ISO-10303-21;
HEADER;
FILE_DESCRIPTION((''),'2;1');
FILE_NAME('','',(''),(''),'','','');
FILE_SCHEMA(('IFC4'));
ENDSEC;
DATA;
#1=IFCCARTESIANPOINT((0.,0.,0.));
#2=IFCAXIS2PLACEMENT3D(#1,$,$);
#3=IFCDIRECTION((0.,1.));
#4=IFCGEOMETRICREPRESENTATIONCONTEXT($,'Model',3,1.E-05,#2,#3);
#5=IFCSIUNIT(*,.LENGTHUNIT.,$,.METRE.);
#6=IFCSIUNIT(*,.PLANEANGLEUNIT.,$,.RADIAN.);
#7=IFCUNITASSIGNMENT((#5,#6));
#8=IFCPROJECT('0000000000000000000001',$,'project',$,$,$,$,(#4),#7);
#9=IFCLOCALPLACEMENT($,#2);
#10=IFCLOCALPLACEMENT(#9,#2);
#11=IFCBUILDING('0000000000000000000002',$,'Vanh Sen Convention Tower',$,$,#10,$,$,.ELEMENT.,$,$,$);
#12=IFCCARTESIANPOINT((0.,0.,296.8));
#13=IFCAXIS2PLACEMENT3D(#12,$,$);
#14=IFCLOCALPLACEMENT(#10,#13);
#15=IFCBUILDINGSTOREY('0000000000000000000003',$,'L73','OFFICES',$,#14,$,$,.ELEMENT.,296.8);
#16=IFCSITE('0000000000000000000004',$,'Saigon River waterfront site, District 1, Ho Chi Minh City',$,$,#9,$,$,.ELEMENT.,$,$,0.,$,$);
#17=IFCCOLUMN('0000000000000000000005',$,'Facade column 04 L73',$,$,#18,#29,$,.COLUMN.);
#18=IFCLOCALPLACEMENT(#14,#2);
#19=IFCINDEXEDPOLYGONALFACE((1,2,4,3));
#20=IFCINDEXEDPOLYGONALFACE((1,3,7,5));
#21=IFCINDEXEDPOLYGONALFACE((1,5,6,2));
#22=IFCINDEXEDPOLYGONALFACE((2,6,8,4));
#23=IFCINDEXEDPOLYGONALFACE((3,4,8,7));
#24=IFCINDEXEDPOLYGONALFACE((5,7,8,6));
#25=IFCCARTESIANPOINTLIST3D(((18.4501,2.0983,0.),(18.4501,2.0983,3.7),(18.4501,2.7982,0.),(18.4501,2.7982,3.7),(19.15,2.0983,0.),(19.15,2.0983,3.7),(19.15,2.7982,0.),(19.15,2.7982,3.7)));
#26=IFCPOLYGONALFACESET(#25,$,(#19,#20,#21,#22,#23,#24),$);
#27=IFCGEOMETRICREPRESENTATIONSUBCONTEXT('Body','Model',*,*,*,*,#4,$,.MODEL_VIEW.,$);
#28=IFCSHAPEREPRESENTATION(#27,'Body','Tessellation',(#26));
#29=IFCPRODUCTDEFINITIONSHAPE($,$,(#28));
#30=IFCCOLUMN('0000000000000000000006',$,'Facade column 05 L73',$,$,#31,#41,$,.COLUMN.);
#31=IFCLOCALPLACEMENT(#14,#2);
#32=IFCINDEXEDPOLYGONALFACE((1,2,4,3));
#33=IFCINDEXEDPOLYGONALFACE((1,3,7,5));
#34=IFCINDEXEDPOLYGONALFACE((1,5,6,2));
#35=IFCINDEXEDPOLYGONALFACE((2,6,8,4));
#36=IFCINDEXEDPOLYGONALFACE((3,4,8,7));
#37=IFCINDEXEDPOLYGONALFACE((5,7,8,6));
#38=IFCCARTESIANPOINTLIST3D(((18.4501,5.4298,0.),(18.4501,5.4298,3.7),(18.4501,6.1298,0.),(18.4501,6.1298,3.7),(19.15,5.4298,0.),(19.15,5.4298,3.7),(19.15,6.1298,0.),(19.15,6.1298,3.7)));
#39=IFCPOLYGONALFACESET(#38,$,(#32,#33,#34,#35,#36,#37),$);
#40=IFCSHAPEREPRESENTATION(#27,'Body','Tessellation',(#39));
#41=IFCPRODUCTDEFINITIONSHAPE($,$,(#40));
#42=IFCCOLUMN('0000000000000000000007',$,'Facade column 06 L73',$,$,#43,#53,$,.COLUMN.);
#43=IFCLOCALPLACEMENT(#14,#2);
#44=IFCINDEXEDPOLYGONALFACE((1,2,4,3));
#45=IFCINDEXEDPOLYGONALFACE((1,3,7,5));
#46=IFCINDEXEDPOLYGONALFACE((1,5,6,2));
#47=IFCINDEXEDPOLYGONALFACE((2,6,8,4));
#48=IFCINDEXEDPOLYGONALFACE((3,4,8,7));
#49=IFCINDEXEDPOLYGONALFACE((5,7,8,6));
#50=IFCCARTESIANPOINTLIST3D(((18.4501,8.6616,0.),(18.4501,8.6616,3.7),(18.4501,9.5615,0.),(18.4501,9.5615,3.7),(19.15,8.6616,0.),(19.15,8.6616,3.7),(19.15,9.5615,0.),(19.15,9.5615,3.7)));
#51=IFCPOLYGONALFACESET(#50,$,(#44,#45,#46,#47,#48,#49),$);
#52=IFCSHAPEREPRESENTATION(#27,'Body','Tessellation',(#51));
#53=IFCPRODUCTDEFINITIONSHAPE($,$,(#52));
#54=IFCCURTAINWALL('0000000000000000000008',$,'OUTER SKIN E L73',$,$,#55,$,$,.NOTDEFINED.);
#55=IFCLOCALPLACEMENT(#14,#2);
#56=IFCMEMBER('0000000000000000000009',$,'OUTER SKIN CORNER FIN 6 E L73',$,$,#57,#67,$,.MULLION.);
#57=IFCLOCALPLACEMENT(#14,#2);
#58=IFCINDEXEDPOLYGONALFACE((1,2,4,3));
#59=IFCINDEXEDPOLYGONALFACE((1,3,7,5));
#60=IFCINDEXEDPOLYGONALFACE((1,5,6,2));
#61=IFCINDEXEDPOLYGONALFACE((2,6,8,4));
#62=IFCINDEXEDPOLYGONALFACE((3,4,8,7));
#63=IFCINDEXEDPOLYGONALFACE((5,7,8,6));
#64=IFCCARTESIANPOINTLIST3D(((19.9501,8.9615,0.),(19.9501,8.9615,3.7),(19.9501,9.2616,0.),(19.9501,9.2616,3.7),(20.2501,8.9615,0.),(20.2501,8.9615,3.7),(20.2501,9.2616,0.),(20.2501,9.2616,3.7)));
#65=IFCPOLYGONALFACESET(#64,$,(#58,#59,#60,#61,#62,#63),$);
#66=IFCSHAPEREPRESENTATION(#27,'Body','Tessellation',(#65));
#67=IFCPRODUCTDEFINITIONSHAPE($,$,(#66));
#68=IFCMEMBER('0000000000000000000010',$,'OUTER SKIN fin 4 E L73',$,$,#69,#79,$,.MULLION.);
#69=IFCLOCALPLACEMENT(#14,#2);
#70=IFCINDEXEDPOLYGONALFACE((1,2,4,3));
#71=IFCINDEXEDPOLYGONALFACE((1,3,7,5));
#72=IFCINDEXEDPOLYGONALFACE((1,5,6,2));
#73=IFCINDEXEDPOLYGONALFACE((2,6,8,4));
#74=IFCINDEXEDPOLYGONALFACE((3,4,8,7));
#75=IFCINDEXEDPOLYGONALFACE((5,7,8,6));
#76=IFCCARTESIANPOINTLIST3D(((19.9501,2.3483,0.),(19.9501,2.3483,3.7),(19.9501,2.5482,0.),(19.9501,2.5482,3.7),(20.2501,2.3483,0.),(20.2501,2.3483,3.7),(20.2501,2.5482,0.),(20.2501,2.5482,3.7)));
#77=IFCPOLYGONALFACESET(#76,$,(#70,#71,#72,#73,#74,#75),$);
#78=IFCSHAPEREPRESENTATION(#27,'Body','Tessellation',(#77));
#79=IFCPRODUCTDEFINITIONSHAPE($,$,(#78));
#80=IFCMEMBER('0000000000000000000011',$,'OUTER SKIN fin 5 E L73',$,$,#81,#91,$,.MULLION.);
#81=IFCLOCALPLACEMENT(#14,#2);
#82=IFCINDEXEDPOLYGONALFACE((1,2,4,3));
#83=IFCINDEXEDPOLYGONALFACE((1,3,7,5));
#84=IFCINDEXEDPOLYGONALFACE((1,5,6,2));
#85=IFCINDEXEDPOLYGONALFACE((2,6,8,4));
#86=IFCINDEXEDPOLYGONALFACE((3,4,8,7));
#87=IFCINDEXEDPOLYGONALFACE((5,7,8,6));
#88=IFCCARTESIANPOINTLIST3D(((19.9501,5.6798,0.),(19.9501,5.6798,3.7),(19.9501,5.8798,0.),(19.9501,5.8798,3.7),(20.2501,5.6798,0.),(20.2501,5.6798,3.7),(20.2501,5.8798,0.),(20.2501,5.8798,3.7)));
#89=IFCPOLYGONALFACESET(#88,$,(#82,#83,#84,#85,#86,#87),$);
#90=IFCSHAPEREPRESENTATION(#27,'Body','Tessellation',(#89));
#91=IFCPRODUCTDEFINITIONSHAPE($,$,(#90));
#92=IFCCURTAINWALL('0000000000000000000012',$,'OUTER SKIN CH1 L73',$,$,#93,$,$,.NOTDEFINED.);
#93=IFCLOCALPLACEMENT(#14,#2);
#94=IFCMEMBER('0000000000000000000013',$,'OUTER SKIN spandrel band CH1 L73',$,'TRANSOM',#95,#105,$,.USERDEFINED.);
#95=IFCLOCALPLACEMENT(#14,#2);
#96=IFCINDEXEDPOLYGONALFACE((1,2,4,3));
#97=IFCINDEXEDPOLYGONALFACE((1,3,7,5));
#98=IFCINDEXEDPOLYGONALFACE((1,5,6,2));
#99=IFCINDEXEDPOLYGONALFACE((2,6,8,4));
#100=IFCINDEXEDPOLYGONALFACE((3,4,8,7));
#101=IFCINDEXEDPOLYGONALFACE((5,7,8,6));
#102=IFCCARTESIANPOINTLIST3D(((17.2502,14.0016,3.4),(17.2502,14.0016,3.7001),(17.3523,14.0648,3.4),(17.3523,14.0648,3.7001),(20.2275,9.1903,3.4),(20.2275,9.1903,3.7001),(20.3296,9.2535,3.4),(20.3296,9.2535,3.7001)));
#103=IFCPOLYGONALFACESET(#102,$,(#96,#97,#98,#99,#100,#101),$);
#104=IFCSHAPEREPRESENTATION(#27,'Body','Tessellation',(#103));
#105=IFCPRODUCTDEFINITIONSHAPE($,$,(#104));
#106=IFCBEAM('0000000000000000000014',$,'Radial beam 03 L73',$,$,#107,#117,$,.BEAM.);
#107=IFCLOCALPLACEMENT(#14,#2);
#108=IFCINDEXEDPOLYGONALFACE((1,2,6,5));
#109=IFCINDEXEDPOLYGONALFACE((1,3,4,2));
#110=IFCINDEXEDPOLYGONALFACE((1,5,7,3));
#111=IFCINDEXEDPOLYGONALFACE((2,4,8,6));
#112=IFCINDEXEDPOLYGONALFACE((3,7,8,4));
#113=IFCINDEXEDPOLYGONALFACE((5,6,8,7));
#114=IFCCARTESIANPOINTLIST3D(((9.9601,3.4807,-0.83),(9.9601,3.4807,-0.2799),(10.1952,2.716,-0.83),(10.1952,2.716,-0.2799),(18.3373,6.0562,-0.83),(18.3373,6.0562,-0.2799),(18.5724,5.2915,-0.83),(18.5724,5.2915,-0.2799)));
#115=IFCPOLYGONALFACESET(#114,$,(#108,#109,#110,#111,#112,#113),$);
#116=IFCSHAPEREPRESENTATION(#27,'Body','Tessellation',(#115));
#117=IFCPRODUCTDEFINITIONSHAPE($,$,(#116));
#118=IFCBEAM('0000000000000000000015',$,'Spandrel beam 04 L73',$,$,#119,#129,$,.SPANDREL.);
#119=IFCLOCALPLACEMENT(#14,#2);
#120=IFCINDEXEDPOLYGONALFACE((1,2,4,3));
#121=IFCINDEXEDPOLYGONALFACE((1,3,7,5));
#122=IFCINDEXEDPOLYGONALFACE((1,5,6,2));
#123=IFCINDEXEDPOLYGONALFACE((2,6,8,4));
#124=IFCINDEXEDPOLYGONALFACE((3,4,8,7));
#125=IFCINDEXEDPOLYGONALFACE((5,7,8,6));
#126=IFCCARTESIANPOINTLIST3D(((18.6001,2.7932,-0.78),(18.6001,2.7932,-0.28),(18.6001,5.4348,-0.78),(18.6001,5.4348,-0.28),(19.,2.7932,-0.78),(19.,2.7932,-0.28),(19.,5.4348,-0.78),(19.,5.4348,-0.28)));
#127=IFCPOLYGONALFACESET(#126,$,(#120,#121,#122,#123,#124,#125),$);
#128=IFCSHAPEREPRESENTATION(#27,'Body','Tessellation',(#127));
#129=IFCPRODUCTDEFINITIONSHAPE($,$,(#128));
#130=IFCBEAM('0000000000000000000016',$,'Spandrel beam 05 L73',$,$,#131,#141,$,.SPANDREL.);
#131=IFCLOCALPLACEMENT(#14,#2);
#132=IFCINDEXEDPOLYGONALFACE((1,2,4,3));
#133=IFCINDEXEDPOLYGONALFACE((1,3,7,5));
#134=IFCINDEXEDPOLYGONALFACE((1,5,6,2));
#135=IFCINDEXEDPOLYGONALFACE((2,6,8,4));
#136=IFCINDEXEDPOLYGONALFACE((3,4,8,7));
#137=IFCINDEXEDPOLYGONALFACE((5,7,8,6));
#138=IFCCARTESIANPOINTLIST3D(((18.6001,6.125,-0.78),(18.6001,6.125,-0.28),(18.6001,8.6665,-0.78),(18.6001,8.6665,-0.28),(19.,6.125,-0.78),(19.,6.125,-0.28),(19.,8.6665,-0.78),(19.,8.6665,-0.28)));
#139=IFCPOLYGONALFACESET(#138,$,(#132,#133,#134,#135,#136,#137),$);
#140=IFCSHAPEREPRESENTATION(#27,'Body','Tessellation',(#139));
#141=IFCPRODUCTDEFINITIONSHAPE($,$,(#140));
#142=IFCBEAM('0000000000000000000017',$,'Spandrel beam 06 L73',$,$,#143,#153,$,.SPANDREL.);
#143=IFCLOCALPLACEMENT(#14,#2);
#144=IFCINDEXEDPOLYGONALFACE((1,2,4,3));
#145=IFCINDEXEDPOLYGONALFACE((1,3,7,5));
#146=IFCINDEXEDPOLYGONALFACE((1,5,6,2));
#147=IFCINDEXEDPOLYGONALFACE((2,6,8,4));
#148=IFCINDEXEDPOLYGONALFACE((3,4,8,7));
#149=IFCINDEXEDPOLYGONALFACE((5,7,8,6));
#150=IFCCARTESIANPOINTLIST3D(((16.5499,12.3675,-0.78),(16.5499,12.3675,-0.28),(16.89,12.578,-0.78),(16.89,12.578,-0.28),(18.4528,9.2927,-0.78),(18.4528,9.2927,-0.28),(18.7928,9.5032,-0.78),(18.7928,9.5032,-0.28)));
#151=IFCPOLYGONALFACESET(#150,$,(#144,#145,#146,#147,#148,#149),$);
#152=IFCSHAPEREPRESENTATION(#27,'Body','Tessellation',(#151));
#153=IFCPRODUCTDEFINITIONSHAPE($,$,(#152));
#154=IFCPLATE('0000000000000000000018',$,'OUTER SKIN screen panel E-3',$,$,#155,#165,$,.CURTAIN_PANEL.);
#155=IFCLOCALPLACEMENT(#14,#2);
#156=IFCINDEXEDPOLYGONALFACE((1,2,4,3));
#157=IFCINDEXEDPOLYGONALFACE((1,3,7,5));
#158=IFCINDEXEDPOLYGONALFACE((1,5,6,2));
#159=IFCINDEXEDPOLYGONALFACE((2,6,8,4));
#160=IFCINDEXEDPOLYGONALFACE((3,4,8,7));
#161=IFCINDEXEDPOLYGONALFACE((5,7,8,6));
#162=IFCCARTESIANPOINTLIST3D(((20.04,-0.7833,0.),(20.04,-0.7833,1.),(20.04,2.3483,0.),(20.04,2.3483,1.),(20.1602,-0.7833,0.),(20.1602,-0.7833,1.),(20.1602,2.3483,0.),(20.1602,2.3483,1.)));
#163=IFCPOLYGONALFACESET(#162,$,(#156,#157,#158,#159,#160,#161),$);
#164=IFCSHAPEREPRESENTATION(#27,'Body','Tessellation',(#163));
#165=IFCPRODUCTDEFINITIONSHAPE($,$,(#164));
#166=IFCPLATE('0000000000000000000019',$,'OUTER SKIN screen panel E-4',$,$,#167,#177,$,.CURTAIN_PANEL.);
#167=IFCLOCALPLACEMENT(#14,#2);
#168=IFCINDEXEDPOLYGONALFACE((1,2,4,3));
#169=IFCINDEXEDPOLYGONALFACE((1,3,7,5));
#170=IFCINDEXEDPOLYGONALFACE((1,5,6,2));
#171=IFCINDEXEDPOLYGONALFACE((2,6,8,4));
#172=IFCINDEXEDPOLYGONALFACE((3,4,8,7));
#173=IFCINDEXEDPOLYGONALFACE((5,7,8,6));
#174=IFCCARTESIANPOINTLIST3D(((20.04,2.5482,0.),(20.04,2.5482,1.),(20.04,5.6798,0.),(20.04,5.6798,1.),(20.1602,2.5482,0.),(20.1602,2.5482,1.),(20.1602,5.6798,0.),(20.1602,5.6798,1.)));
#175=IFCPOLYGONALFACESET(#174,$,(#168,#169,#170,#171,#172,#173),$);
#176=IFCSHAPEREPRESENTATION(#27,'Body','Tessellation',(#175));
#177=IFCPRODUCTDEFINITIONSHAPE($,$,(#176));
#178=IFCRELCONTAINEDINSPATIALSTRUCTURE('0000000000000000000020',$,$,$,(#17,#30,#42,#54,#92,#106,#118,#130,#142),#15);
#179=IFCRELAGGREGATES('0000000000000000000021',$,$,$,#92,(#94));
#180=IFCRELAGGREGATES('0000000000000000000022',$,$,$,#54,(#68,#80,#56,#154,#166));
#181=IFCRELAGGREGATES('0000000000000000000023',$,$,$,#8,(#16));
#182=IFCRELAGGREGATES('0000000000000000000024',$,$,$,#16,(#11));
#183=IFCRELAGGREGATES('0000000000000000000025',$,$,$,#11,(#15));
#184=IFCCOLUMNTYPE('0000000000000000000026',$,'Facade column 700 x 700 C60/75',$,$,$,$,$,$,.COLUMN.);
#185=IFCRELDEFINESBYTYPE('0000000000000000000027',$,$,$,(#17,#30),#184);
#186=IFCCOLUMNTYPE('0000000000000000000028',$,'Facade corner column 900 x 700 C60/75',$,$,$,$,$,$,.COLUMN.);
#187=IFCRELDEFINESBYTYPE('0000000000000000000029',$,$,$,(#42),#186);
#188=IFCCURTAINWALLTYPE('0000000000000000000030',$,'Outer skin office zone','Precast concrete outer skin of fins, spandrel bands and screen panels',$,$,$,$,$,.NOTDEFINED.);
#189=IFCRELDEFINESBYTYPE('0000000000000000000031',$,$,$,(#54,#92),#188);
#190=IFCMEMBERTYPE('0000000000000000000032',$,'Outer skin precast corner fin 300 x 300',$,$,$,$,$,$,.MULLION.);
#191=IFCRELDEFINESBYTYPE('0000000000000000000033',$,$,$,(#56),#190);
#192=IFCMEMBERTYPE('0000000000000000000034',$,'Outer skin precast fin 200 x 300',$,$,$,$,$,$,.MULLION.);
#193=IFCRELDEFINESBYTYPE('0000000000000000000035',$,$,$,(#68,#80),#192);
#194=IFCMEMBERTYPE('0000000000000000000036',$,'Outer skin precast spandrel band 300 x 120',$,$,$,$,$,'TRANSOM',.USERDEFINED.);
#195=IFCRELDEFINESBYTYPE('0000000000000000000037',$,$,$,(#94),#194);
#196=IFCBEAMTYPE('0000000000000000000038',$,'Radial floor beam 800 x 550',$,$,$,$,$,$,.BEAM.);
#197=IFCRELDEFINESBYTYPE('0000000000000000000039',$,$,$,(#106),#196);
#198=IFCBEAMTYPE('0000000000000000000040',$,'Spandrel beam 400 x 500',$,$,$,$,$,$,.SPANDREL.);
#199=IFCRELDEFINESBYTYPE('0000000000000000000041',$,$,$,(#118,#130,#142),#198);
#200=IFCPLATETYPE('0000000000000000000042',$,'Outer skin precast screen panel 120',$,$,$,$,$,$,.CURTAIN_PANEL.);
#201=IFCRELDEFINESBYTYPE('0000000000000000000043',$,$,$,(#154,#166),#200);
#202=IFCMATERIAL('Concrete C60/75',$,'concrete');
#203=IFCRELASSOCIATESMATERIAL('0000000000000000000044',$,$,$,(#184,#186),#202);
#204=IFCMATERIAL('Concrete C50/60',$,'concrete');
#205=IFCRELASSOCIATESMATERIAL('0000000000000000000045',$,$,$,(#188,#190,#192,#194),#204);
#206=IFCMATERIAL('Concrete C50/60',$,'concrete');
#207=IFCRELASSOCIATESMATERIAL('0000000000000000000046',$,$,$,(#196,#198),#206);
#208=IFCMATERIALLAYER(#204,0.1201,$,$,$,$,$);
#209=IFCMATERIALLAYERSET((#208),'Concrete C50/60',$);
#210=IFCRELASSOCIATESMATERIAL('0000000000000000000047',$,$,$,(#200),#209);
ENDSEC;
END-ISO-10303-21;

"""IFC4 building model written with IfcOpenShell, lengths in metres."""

from ifc_helpers import new_model, si_unit, direction, frame, origin, origin_2d, place, context, subcontext, project, spatial, rectangle, extrude, material, layer, layer_set, material_profile, profile_set, type_object, element, aggregate, save


model = new_model("IFC4")

# Units and contexts
model_context = context("Model", 3, precision=1e-05, world=origin(), true_north=direction((0.0, 1.0)))
body_context = subcontext(model_context, "Body", "Model", "MODEL_VIEW")
ifc_project = project(units=[si_unit("LENGTHUNIT", "METRE"), si_unit("PLANEANGLEUNIT", "RADIAN")], contexts=[model_context])

# Site, building, storey
site_placement = place(None, origin())
site = spatial("IfcSite", under=ifc_project, at=site_placement, Name="Saigon River waterfront site, District 1, Ho Chi Minh City", CompositionType="ELEMENT", RefElevation=0.0)
building_placement = place(site_placement, origin())
building = spatial("IfcBuilding", under=site, at=building_placement, Name="Vanh Sen Convention Tower", CompositionType="ELEMENT")
storey_placement = place(building_placement, frame((0.0, 0.0, 296.8)))
storey = spatial("IfcBuildingStorey", under=building, at=storey_placement, Name="L73", Description="OFFICES", CompositionType="ELEMENT", Elevation=296.8)

# Columns
ifc_material_1 = material(Name="Concrete C60/75", Category="concrete")
ifc_material_profile_1 = material_profile(ifc_material_1, rectangle(XDim=0.7, YDim=0.7, at=origin_2d()), Name="RC 700X700")
ifc_profile_set_1 = profile_set([ifc_material_profile_1], Name="Concrete C60/75")
column_type_1 = type_object("IfcColumnType", Name="Facade column 700 x 700 C60/75", PredefinedType="COLUMN", material=ifc_profile_set_1)
for number, where, z_axis, x_axis, name in (
    (1, (18.8, 2.4482, 0.0), (0.0, 0.0, 1.0), (0.0, 1.0, 0.0), "Facade column 04 L73"),
    (2, (18.8, 5.7798, 0.0), (0.0, 0.0, 1.0), (0.0, 1.0, 0.0), "Facade column 05 L73"),
):
    element("IfcColumn", number, at=place(storey_placement, frame(where, z_axis=z_axis, x_axis=x_axis)), inside=storey, type_object=column_type_1, Name=name, PredefinedType="COLUMN", context=body_context, shape_type="SweptSolid", body=[
        extrude(rectangle(XDim=0.7, YDim=0.7, at=origin_2d()), origin(), (0.0, 0.0, 1.0), 3.7),
    ])
ifc_material_profile_2 = material_profile(ifc_material_1, rectangle(XDim=0.8999, YDim=0.7, at=origin_2d()), Name="RC 900X700")
ifc_profile_set_2 = profile_set([ifc_material_profile_2], Name="Concrete C60/75")
column_type_2 = type_object("IfcColumnType", Name="Facade corner column 900 x 700 C60/75", PredefinedType="COLUMN", material=ifc_profile_set_2)
column_placement = place(storey_placement, frame((18.8, 9.1116, 0.0), z_axis=(0.0, 0.0, 1.0), x_axis=(0.0, 1.0, 0.0)))
element("IfcColumn", 3, at=column_placement, inside=storey, type_object=column_type_2, Name="Facade column 06 L73", PredefinedType="COLUMN", context=body_context, shape_type="SweptSolid", body=[
    extrude(rectangle(XDim=0.8999, YDim=0.7, at=origin_2d()), origin(), (0.0, 0.0, 1.0), 3.7),
])

# Curtain wall, members
ifc_material_2 = material(Name="Concrete C50/60", Category="concrete")
curtain_wall_type = type_object("IfcCurtainWallType", Name="Outer skin office zone", Description="Precast concrete outer skin of fins, spandrel bands and screen panels", PredefinedType="NOTDEFINED", material=ifc_material_2)
curtain_wall_1_placement = place(storey_placement, origin())
curtain_wall_1 = element("IfcCurtainWall", 4, at=curtain_wall_1_placement, inside=storey, type_object=curtain_wall_type, Name="OUTER SKIN E L73", PredefinedType="NOTDEFINED")
ifc_material_profile_3 = material_profile(ifc_material_2, rectangle(XDim=0.3, YDim=0.3, at=origin_2d()), Name="Outer skin precast corner fin 300 x 300")
ifc_profile_set_3 = profile_set([ifc_material_profile_3], Name="Concrete C50/60")
member_type_1 = type_object("IfcMemberType", Name="Outer skin precast corner fin 300 x 300", PredefinedType="MULLION", material=ifc_profile_set_3)
member_1_placement = place(storey_placement, frame((20.1001, 9.1116, 0.0), z_axis=(0.0, 0.0, 1.0), x_axis=(0.0, 1.0, 0.0)))
member_1 = element("IfcMember", 5, at=member_1_placement, type_object=member_type_1, Name="OUTER SKIN CORNER FIN 6 E L73", PredefinedType="MULLION", context=body_context, shape_type="SweptSolid", body=[
    extrude(rectangle(XDim=0.3, YDim=0.3, at=origin_2d()), origin(), (0.0, 0.0, 1.0), 3.7),
])
ifc_material_profile_4 = material_profile(ifc_material_2, rectangle(XDim=0.2, YDim=0.3, at=origin_2d()), Name="Outer skin precast fin 200 x 300")
ifc_profile_set_4 = profile_set([ifc_material_profile_4], Name="Concrete C50/60")
member_type_2 = type_object("IfcMemberType", Name="Outer skin precast fin 200 x 300", PredefinedType="MULLION", material=ifc_profile_set_4)
member_2_placement = place(storey_placement, frame((20.1001, 2.4482, 0.0), z_axis=(0.0, 0.0, 1.0), x_axis=(0.0, 1.0, 0.0)))
member_2 = element("IfcMember", 6, at=member_2_placement, type_object=member_type_2, Name="OUTER SKIN fin 4 E L73", PredefinedType="MULLION", context=body_context, shape_type="SweptSolid", body=[
    extrude(rectangle(XDim=0.2, YDim=0.3, at=origin_2d()), origin(), (0.0, 0.0, 1.0), 3.7),
])
member_3_placement = place(storey_placement, frame((20.1001, 5.7798, 0.0), z_axis=(0.0, 0.0, 1.0), x_axis=(0.0, 1.0, 0.0)))
member_3 = element("IfcMember", 7, at=member_3_placement, type_object=member_type_2, Name="OUTER SKIN fin 5 E L73", PredefinedType="MULLION", context=body_context, shape_type="SweptSolid", body=[
    extrude(rectangle(XDim=0.2, YDim=0.3, at=origin_2d()), origin(), (0.0, 0.0, 1.0), 3.7),
])

# Curtain wall, member
curtain_wall_2_placement = place(storey_placement, origin())
curtain_wall_2 = element("IfcCurtainWall", 8, at=curtain_wall_2_placement, inside=storey, type_object=curtain_wall_type, Name="OUTER SKIN CH1 L73", PredefinedType="NOTDEFINED")
ifc_material_profile_5 = material_profile(ifc_material_2, rectangle(XDim=0.1201, YDim=0.3, at=origin_2d()), Name="Outer skin precast spandrel band 300 x 120")
ifc_profile_set_5 = profile_set([ifc_material_profile_5], Name="Concrete C50/60")
member_type_3 = type_object("IfcMemberType", Name="Outer skin precast spandrel band 300 x 120", ElementType="TRANSOM", PredefinedType="USERDEFINED", material=ifc_profile_set_5)
member_4_placement = place(storey_placement, frame((20.2786, 9.2219, 3.55), z_axis=(-0.526212, 0.850353, 0.0), x_axis=(-0.850353, -0.526212, 0.0)))
member_4 = element("IfcMember", 9, at=member_4_placement, type_object=member_type_3, Name="OUTER SKIN spandrel band CH1 L73", ObjectType="TRANSOM", PredefinedType="USERDEFINED", context=body_context, shape_type="SweptSolid", body=[
    extrude(rectangle(XDim=0.1201, YDim=0.3, at=origin_2d()), origin(), (0.0, 0.0, 1.0), 5.658),
])
aggregate(curtain_wall_2, [member_4])

# Beams
ifc_material_3 = material(Name="Concrete C50/60", Category="concrete")
ifc_material_profile_6 = material_profile(ifc_material_3, rectangle(XDim=0.8, YDim=0.55, at=origin_2d()), Name="RC 800X550")
ifc_profile_set_6 = profile_set([ifc_material_profile_6], Name="Concrete C50/60")
beam_type_1 = type_object("IfcBeamType", Name="Radial floor beam 800 x 550", PredefinedType="BEAM", material=ifc_profile_set_6)
beam_1_placement = place(storey_placement, frame((18.4548, 5.6738, -0.5549), z_axis=(-0.955848, -0.293861, 0.0), x_axis=(0.293861, -0.955848, 0.0)))
element("IfcBeam", 10, at=beam_1_placement, inside=storey, type_object=beam_type_1, Name="Radial beam 03 L73", PredefinedType="BEAM", context=body_context, shape_type="SweptSolid", body=[
    extrude(rectangle(XDim=0.8, YDim=0.55, at=origin_2d()), origin(), (0.0, 0.0, 1.0), 8.7642),
])
ifc_material_profile_7 = material_profile(ifc_material_3, rectangle(XDim=0.3999, YDim=0.5, at=origin_2d()), Name="RC 400X500")
ifc_profile_set_7 = profile_set([ifc_material_profile_7], Name="Concrete C50/60")
beam_type_2 = type_object("IfcBeamType", Name="Spandrel beam 400 x 500", PredefinedType="SPANDREL", material=ifc_profile_set_7)
beam_2_placement = place(storey_placement, frame((18.8, 2.7932, -0.53), z_axis=(0.0, 1.0, 0.0), x_axis=(-1.0, 0.0, 0.0)))
element("IfcBeam", 11, at=beam_2_placement, inside=storey, type_object=beam_type_2, Name="Spandrel beam 04 L73", PredefinedType="SPANDREL", context=body_context, shape_type="SweptSolid", body=[
    extrude(rectangle(XDim=0.3999, YDim=0.5, at=origin_2d()), origin(), (0.0, 0.0, 1.0), 2.6416),
])
beam_3_placement = place(storey_placement, frame((18.8, 6.125, -0.53), z_axis=(0.0, 1.0, 0.0), x_axis=(-1.0, 0.0, 0.0)))
element("IfcBeam", 12, at=beam_3_placement, inside=storey, type_object=beam_type_2, Name="Spandrel beam 05 L73", PredefinedType="SPANDREL", context=body_context, shape_type="SweptSolid", body=[
    extrude(rectangle(XDim=0.3999, YDim=0.5, at=origin_2d()), origin(), (0.0, 0.0, 1.0), 2.5415),
])
beam_4_placement = place(storey_placement, frame((18.6228, 9.3979, -0.53), z_axis=(-0.526243, 0.850334, 0.0), x_axis=(-0.850334, -0.526243, 0.0)))
element("IfcBeam", 13, at=beam_4_placement, inside=storey, type_object=beam_type_2, Name="Spandrel beam 06 L73", PredefinedType="SPANDREL", context=body_context, shape_type="SweptSolid", body=[
    extrude(rectangle(XDim=0.3999, YDim=0.5, at=origin_2d()), origin(), (0.0, 0.0, 1.0), 3.616),
])

# Plates
ifc_layer_1 = layer(ifc_material_2, 0.1201)
ifc_layer_set_1 = layer_set([ifc_layer_1], Name="Concrete C50/60")
plate_type = type_object("IfcPlateType", Name="Outer skin precast screen panel 120", PredefinedType="CURTAIN_PANEL", material=ifc_layer_set_1)
plate_1_placement = place(storey_placement, frame((20.1001, 0.7825, 0.0), z_axis=(0.0, 0.0, 1.0), x_axis=(0.0, 1.0, 0.0)))
plate_1 = element("IfcPlate", 14, at=plate_1_placement, type_object=plate_type, Name="OUTER SKIN screen panel E-3", PredefinedType="CURTAIN_PANEL", context=body_context, shape_type="SweptSolid", body=[
    extrude(rectangle(XDim=3.1316, YDim=0.1201, at=origin_2d()), origin(), (0.0, 0.0, 1.0), 1.0),
])
plate_2_placement = place(storey_placement, frame((20.1001, 4.114, 0.0), z_axis=(0.0, 0.0, 1.0), x_axis=(0.0, 1.0, 0.0)))
plate_2 = element("IfcPlate", 15, at=plate_2_placement, type_object=plate_type, Name="OUTER SKIN screen panel E-4", PredefinedType="CURTAIN_PANEL", context=body_context, shape_type="SweptSolid", body=[
    extrude(rectangle(XDim=3.1316, YDim=0.1201, at=origin_2d()), origin(), (0.0, 0.0, 1.0), 1.0),
])
aggregate(curtain_wall_1, [member_2, member_3, member_1, plate_1, plate_2])

save(model, "model.ifc")
